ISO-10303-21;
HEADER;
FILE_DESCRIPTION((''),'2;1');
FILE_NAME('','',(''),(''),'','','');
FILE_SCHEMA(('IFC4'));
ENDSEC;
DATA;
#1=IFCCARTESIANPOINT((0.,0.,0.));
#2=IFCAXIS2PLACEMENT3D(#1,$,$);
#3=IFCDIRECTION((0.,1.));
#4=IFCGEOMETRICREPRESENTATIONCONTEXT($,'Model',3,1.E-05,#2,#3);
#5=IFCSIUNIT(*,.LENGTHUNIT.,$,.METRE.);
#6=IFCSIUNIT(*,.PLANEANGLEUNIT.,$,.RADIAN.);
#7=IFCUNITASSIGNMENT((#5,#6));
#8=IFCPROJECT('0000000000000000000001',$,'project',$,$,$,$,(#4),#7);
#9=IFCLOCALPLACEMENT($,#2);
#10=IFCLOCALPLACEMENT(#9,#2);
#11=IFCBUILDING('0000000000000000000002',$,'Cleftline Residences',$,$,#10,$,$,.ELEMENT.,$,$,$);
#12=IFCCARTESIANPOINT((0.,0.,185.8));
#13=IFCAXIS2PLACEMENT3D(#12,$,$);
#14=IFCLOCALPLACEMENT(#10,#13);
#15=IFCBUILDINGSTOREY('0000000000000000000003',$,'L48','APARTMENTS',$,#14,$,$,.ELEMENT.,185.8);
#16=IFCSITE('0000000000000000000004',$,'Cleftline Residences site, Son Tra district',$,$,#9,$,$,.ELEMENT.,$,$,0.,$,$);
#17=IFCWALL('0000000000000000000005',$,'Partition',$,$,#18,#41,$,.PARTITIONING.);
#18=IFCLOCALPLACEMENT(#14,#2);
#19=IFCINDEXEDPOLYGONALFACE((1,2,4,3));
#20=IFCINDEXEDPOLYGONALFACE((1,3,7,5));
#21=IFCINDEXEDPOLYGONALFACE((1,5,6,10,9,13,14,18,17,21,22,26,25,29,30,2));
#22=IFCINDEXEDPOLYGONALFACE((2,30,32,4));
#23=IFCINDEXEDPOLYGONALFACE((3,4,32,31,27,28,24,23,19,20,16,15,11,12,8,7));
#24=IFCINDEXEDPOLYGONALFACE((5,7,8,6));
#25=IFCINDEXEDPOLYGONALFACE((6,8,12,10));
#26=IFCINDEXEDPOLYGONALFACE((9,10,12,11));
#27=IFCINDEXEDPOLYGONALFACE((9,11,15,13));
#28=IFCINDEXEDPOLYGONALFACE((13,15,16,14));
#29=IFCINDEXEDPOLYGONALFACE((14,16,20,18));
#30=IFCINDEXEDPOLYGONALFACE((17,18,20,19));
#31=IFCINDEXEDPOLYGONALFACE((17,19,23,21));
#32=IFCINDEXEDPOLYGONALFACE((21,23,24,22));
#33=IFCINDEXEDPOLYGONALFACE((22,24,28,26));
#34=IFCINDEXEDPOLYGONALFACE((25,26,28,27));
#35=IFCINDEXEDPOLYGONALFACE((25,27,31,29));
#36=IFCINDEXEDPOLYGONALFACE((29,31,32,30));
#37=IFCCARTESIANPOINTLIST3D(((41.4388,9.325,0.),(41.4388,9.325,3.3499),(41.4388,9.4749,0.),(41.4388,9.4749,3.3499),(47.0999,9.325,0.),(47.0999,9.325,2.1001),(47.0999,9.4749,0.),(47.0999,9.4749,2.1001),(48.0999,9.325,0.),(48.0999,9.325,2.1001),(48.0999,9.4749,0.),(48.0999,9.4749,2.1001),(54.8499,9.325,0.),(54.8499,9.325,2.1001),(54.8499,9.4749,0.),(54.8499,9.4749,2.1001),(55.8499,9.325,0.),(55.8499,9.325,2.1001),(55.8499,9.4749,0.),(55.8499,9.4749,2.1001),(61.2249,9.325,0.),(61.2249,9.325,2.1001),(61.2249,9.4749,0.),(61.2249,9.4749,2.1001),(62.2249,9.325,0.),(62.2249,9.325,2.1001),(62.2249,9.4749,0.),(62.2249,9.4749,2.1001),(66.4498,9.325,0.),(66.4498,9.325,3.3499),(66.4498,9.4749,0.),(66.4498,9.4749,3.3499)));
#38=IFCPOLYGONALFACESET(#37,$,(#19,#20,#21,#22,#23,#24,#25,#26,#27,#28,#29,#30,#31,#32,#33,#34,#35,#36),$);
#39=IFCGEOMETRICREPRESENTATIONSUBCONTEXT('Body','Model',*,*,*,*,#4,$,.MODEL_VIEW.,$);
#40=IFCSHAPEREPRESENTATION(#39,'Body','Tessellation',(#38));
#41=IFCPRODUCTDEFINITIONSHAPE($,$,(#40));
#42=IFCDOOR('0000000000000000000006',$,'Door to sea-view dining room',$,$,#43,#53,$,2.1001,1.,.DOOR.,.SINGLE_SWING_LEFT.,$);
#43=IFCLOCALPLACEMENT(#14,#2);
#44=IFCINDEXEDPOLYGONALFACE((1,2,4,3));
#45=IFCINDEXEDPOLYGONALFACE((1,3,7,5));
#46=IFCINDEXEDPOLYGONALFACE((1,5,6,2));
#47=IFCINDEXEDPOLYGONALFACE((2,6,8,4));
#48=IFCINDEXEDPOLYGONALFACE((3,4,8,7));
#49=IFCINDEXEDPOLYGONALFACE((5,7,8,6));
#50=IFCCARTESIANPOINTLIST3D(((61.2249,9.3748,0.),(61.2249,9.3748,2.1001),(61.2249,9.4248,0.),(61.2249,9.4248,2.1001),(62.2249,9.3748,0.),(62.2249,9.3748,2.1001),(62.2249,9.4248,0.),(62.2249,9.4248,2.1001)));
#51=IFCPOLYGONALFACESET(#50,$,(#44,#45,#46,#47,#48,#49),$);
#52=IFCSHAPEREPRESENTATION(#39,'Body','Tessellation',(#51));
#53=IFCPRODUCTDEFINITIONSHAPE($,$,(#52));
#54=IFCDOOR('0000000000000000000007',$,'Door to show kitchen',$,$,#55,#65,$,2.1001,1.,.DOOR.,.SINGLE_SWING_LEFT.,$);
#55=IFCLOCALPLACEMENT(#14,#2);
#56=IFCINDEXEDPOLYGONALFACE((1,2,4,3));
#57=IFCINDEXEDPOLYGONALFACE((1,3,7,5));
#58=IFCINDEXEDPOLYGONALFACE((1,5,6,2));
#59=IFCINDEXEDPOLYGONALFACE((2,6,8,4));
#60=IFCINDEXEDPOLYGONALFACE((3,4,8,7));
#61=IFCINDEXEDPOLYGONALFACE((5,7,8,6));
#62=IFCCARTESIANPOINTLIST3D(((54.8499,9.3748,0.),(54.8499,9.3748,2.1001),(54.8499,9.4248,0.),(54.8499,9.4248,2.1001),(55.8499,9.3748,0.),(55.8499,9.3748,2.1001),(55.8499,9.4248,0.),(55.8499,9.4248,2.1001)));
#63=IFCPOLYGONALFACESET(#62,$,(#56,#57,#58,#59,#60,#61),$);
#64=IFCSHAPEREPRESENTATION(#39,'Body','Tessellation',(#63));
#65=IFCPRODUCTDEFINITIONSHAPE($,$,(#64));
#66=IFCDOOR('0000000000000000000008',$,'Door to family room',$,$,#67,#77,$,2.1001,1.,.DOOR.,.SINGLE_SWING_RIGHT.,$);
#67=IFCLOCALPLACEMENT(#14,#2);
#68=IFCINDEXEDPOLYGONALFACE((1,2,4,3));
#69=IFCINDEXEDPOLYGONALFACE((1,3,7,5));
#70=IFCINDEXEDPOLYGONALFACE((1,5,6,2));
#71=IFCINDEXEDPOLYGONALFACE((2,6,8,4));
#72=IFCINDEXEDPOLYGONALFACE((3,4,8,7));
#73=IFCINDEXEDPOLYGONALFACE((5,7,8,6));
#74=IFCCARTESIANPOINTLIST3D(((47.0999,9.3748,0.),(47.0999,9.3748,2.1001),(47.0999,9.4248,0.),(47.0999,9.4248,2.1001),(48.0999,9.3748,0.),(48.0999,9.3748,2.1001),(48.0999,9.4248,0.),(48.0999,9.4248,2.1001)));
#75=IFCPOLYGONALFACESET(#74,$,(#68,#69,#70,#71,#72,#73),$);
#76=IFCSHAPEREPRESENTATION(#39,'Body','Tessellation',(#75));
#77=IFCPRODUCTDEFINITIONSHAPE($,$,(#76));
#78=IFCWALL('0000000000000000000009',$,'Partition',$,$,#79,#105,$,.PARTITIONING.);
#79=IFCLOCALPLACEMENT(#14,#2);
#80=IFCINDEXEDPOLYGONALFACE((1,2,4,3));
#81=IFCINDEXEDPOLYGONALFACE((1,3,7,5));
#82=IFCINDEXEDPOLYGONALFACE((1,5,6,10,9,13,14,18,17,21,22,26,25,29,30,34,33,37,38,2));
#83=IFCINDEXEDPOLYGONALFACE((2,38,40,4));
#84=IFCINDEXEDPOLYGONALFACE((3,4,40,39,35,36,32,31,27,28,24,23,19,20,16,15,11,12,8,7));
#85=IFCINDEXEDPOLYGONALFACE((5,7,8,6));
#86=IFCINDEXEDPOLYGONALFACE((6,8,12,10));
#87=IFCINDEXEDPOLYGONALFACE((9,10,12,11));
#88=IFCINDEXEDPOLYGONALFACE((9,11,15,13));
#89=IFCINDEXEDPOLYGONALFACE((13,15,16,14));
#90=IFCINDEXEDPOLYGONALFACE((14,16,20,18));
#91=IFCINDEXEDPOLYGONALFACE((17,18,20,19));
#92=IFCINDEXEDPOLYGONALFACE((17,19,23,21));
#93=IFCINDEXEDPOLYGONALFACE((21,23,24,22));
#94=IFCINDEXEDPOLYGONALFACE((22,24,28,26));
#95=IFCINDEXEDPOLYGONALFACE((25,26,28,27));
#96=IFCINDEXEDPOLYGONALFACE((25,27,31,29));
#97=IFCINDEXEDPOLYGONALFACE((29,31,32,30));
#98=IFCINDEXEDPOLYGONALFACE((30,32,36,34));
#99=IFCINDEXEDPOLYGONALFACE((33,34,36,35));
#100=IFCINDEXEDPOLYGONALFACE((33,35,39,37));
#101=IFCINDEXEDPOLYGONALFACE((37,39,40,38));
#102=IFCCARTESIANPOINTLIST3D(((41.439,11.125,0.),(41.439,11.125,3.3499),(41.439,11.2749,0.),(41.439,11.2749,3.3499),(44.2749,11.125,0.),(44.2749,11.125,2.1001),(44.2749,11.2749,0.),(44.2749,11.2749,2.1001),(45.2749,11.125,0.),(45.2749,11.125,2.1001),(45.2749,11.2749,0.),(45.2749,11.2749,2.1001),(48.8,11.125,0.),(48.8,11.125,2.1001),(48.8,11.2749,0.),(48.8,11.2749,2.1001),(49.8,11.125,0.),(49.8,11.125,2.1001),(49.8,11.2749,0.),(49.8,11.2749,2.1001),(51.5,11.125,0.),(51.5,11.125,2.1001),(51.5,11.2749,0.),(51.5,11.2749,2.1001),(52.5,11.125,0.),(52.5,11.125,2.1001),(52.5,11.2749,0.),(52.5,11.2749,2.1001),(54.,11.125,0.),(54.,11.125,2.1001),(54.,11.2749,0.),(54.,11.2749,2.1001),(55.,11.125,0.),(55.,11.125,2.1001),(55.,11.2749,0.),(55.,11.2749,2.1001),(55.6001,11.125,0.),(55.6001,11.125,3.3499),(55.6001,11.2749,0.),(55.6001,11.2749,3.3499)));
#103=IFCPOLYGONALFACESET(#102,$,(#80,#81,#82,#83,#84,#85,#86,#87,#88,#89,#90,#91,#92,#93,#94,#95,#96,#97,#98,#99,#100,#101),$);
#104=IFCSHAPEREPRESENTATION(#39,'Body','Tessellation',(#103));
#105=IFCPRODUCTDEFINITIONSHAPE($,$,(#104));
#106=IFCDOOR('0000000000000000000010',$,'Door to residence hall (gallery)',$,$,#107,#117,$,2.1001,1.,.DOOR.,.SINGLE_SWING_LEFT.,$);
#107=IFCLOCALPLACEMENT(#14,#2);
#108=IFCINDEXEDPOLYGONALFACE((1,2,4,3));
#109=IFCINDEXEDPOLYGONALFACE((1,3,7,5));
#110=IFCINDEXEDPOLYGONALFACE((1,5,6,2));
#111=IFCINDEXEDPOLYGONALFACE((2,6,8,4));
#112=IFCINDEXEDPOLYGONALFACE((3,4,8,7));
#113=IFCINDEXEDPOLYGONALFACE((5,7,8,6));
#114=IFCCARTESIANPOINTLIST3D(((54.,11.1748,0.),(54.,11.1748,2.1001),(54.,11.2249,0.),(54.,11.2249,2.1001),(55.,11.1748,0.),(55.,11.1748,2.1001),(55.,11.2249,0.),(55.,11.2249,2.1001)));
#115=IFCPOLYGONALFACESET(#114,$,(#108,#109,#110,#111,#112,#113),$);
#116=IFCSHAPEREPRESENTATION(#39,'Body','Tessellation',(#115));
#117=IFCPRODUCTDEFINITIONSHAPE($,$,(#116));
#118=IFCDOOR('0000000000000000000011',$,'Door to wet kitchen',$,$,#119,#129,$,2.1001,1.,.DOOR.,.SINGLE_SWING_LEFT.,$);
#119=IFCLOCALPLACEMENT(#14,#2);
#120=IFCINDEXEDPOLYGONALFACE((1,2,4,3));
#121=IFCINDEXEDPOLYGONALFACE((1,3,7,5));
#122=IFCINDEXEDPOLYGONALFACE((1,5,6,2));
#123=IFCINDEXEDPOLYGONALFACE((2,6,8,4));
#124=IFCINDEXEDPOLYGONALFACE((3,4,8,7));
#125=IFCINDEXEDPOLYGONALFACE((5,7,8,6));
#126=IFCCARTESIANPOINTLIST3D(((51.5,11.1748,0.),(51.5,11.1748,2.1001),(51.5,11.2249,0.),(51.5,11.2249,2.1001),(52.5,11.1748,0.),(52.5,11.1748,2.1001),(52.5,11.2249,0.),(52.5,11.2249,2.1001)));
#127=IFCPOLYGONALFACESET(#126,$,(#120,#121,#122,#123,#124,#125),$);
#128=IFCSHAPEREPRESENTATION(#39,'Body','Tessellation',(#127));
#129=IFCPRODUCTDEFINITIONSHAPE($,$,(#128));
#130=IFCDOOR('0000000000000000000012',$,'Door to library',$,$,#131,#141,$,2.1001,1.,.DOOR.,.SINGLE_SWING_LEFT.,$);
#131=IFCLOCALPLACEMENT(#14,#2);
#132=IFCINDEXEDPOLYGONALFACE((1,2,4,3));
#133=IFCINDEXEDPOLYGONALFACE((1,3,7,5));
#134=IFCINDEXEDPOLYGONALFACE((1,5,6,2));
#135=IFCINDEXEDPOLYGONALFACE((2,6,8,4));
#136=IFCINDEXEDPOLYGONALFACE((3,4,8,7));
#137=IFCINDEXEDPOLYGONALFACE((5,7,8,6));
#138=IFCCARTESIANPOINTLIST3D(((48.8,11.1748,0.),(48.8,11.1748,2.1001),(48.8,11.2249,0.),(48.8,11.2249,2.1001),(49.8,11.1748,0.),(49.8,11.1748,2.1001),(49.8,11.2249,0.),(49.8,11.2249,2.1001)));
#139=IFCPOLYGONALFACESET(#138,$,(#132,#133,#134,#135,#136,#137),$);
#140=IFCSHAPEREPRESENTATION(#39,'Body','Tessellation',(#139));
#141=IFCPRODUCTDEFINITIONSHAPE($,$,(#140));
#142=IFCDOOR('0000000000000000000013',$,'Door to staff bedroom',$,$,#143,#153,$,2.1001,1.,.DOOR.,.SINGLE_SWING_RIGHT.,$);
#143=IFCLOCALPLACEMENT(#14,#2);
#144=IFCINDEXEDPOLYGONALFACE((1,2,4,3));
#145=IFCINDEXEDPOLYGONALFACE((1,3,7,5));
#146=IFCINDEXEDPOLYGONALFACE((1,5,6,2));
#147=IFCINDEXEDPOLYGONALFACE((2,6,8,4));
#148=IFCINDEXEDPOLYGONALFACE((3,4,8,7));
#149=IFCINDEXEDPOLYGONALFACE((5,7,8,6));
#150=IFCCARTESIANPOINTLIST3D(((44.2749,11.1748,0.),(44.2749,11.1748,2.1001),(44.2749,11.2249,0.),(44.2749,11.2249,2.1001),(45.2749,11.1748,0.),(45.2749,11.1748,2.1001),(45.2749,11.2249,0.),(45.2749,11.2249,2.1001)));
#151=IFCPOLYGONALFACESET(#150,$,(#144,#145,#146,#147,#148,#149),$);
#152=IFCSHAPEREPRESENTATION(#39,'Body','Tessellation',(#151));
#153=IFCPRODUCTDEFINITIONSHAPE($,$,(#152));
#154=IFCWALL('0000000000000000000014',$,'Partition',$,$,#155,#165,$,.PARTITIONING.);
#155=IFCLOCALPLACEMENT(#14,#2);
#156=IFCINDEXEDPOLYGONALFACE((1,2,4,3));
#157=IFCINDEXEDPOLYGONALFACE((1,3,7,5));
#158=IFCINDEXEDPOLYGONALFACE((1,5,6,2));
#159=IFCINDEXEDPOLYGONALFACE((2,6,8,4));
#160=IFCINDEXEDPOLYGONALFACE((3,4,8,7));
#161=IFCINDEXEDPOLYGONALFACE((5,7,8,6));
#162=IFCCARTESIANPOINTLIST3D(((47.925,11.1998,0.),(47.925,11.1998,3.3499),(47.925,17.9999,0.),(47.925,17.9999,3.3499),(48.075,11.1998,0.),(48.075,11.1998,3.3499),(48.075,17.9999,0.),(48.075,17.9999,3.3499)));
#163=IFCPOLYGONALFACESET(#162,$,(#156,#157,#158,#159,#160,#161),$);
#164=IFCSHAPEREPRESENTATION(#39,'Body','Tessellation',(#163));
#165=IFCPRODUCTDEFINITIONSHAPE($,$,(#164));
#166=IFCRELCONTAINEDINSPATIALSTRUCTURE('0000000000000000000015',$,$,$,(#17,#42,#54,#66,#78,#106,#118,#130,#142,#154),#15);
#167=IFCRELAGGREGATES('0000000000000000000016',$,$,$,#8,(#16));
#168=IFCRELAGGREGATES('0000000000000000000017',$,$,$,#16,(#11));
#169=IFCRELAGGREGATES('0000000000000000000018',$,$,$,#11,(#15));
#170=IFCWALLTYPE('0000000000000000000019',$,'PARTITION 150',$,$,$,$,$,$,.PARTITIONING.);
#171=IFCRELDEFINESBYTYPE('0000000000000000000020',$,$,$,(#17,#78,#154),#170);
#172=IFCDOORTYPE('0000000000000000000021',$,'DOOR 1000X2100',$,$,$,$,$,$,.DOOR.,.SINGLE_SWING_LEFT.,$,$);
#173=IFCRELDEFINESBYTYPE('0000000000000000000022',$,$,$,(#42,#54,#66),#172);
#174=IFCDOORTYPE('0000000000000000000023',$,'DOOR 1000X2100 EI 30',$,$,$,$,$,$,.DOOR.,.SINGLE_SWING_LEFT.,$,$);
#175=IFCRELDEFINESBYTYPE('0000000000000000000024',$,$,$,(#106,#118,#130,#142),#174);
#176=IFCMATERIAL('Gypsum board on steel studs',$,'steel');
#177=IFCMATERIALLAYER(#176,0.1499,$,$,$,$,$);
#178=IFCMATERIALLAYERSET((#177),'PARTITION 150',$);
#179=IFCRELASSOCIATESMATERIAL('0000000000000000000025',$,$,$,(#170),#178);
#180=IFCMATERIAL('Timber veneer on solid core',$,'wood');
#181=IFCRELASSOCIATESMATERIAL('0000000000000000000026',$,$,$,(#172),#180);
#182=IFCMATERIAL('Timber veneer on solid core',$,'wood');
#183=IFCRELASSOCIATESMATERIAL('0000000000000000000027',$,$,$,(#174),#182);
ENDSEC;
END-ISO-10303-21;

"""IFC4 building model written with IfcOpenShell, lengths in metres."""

from ifc_helpers import new_model, si_unit, direction, frame, frame_2d, origin, place, context, subcontext, project, spatial, rectangle, extrude, material, layer, layer_set, type_object, element, fill, save


model = new_model("IFC4")

# Units and contexts
model_context = context("Model", 3, precision=1e-05, world=origin(), true_north=direction((0.0, 1.0)))
body_context = subcontext(model_context, "Body", "Model", "MODEL_VIEW")
ifc_project = project(units=[si_unit("LENGTHUNIT", "METRE"), si_unit("PLANEANGLEUNIT", "RADIAN")], contexts=[model_context])

# Site, building, storey
site_placement = place(None, origin())
site = spatial("IfcSite", under=ifc_project, at=site_placement, Name="Cleftline Residences site, Son Tra district", CompositionType="ELEMENT", RefElevation=0.0)
building_placement = place(site_placement, origin())
building = spatial("IfcBuilding", under=site, at=building_placement, Name="Cleftline Residences", CompositionType="ELEMENT")
storey_placement = place(building_placement, frame((0.0, 0.0, 185.8)))
storey = spatial("IfcBuildingStorey", under=building, at=storey_placement, Name="L48", Description="APARTMENTS", CompositionType="ELEMENT", Elevation=185.8)

# Walls, openings, doors
ifc_material_1 = material(Name="Gypsum board on steel studs", Category="steel")
ifc_layer_1 = layer(ifc_material_1, 0.1499)
ifc_layer_set_1 = layer_set([ifc_layer_1], Name="PARTITION 150")
wall_type = type_object("IfcWallType", Name="PARTITION 150", PredefinedType="PARTITIONING", material=ifc_layer_set_1)
wall_1_placement = place(storey_placement, frame((41.439, 9.3999, 0.0), z_axis=(0.0, 0.0, 1.0), x_axis=(1.0, 0.0, 0.0)))
wall_1 = element("IfcWall", 1, at=wall_1_placement, inside=storey, type_object=wall_type, Name="Partition", PredefinedType="PARTITIONING", context=body_context, shape_type="SweptSolid", body=[
    extrude(rectangle(XDim=25.011, YDim=0.1499, at=frame_2d((12.5054, 0.0))), origin(), (0.0, 0.0, 1.0), 3.3499),
])
opening_1_placement = place(wall_1_placement, frame((19.7859, 0.0, 0.0)))
opening_1 = element("IfcOpeningElement", 2, at=opening_1_placement, cuts=wall_1, PredefinedType="OPENING", context=body_context, shape_type="SweptSolid", body=[
    extrude(rectangle(XDim=1.0, YDim=2.1001, at=frame_2d((0.5, 1.05))), frame((0.0, 0.085, 0.0), z_axis=(0.0, -1.0, 0.0), x_axis=(1.0, 0.0, 0.0)), (0.0, 0.0, 1.0), 0.1699),
])
opening_2_placement = place(wall_1_placement, frame((13.4109, 0.0, 0.0)))
opening_2 = element("IfcOpeningElement", 3, at=opening_2_placement, cuts=wall_1, PredefinedType="OPENING", context=body_context, shape_type="SweptSolid", body=[
    extrude(rectangle(XDim=1.0, YDim=2.1001, at=frame_2d((0.5, 1.05))), frame((0.0, 0.085, 0.0), z_axis=(0.0, -1.0, 0.0), x_axis=(1.0, 0.0, 0.0)), (0.0, 0.0, 1.0), 0.1699),
])
opening_3_placement = place(wall_1_placement, frame((5.6609, 0.0, 0.0)))
opening_3 = element("IfcOpeningElement", 4, at=opening_3_placement, cuts=wall_1, PredefinedType="OPENING", context=body_context, shape_type="SweptSolid", body=[
    extrude(rectangle(XDim=1.0, YDim=2.1001, at=frame_2d((0.5, 1.05))), frame((0.0, 0.085, 0.0), z_axis=(0.0, -1.0, 0.0), x_axis=(1.0, 0.0, 0.0)), (0.0, 0.0, 1.0), 0.1699),
])
ifc_material_2 = material(Name="Timber veneer on solid core", Category="wood")
door_type_1 = type_object("IfcDoorType", Name="DOOR 1000X2100", OperationType="SINGLE_SWING_LEFT", PredefinedType="DOOR", material=ifc_material_2)
door_1_placement = place(opening_1_placement, origin())
door_1 = element("IfcDoor", 5, at=door_1_placement, inside=storey, type_object=door_type_1, Name="Door to sea-view dining room", OperationType="SINGLE_SWING_LEFT", OverallHeight=2.1001, OverallWidth=1.0, PredefinedType="DOOR", context=body_context, shape_type="SweptSolid", body=[
    extrude(rectangle(XDim=1.0, YDim=2.1001, at=frame_2d((0.5, 1.05))), frame((0.0, 0.0249, 0.0), z_axis=(0.0, -1.0, 0.0), x_axis=(1.0, 0.0, 0.0)), (0.0, 0.0, 1.0), 0.05),
])
fill(opening_1, door_1)
door_2_placement = place(opening_2_placement, origin())
door_2 = element("IfcDoor", 6, at=door_2_placement, inside=storey, type_object=door_type_1, Name="Door to show kitchen", OperationType="SINGLE_SWING_LEFT", OverallHeight=2.1001, OverallWidth=1.0, PredefinedType="DOOR", context=body_context, shape_type="SweptSolid", body=[
    extrude(rectangle(XDim=1.0, YDim=2.1001, at=frame_2d((0.5, 1.05))), frame((0.0, 0.0249, 0.0), z_axis=(0.0, -1.0, 0.0), x_axis=(1.0, 0.0, 0.0)), (0.0, 0.0, 1.0), 0.05),
])
fill(opening_2, door_2)
door_3_placement = place(opening_3_placement, origin())
door_3 = element("IfcDoor", 7, at=door_3_placement, inside=storey, type_object=door_type_1, Name="Door to family room", OperationType="SINGLE_SWING_RIGHT", OverallHeight=2.1001, OverallWidth=1.0, PredefinedType="DOOR", context=body_context, shape_type="SweptSolid", body=[
    extrude(rectangle(XDim=1.0, YDim=2.1001, at=frame_2d((0.5, 1.05))), frame((0.0, 0.0249, 0.0), z_axis=(0.0, -1.0, 0.0), x_axis=(1.0, 0.0, 0.0)), (0.0, 0.0, 1.0), 0.05),
])
fill(opening_3, door_3)
wall_2_placement = place(storey_placement, frame((41.439, 11.2, 0.0), z_axis=(0.0, 0.0, 1.0), x_axis=(1.0, 0.0, 0.0)))
wall_2 = element("IfcWall", 8, at=wall_2_placement, inside=storey, type_object=wall_type, Name="Partition", PredefinedType="PARTITIONING", context=body_context, shape_type="SweptSolid", body=[
    extrude(rectangle(XDim=14.1611, YDim=0.1499, at=frame_2d((7.0806, 0.0))), origin(), (0.0, 0.0, 1.0), 3.3499),
])
opening_4_placement = place(wall_2_placement, frame((12.561, 0.0, 0.0)))
opening_4 = element("IfcOpeningElement", 9, at=opening_4_placement, cuts=wall_2, PredefinedType="OPENING", context=body_context, shape_type="SweptSolid", body=[
    extrude(rectangle(XDim=1.0, YDim=2.1001, at=frame_2d((0.5, 1.05))), frame((0.0, 0.085, 0.0), z_axis=(0.0, -1.0, 0.0), x_axis=(1.0, 0.0, 0.0)), (0.0, 0.0, 1.0), 0.1699),
])
opening_5_placement = place(wall_2_placement, frame((10.061, 0.0, 0.0)))
opening_5 = element("IfcOpeningElement", 10, at=opening_5_placement, cuts=wall_2, PredefinedType="OPENING", context=body_context, shape_type="SweptSolid", body=[
    extrude(rectangle(XDim=1.0, YDim=2.1001, at=frame_2d((0.5, 1.05))), frame((0.0, 0.085, 0.0), z_axis=(0.0, -1.0, 0.0), x_axis=(1.0, 0.0, 0.0)), (0.0, 0.0, 1.0), 0.1699),
])
opening_6_placement = place(wall_2_placement, frame((7.3611, 0.0, 0.0)))
opening_6 = element("IfcOpeningElement", 11, at=opening_6_placement, cuts=wall_2, PredefinedType="OPENING", context=body_context, shape_type="SweptSolid", body=[
    extrude(rectangle(XDim=1.0, YDim=2.1001, at=frame_2d((0.5, 1.05))), frame((0.0, 0.085, 0.0), z_axis=(0.0, -1.0, 0.0), x_axis=(1.0, 0.0, 0.0)), (0.0, 0.0, 1.0), 0.1699),
])
opening_7_placement = place(wall_2_placement, frame((2.8359, 0.0, 0.0)))
opening_7 = element("IfcOpeningElement", 12, at=opening_7_placement, cuts=wall_2, PredefinedType="OPENING", context=body_context, shape_type="SweptSolid", body=[
    extrude(rectangle(XDim=1.0, YDim=2.1001, at=frame_2d((0.5, 1.05))), frame((0.0, 0.085, 0.0), z_axis=(0.0, -1.0, 0.0), x_axis=(1.0, 0.0, 0.0)), (0.0, 0.0, 1.0), 0.1699),
])
ifc_material_3 = material(Name="Timber veneer on solid core", Category="wood")
door_type_2 = type_object("IfcDoorType", Name="DOOR 1000X2100 EI 30", OperationType="SINGLE_SWING_LEFT", PredefinedType="DOOR", material=ifc_material_3)
door_4_placement = place(opening_4_placement, origin())
door_4 = element("IfcDoor", 13, at=door_4_placement, inside=storey, type_object=door_type_2, Name="Door to residence hall (gallery)", OperationType="SINGLE_SWING_LEFT", OverallHeight=2.1001, OverallWidth=1.0, PredefinedType="DOOR", context=body_context, shape_type="SweptSolid", body=[
    extrude(rectangle(XDim=1.0, YDim=2.1001, at=frame_2d((0.5, 1.05))), frame((0.0, 0.0249, 0.0), z_axis=(0.0, -1.0, 0.0), x_axis=(1.0, 0.0, 0.0)), (0.0, 0.0, 1.0), 0.05),
])
fill(opening_4, door_4)
door_5_placement = place(opening_5_placement, origin())
door_5 = element("IfcDoor", 14, at=door_5_placement, inside=storey, type_object=door_type_2, Name="Door to wet kitchen", OperationType="SINGLE_SWING_LEFT", OverallHeight=2.1001, OverallWidth=1.0, PredefinedType="DOOR", context=body_context, shape_type="SweptSolid", body=[
    extrude(rectangle(XDim=1.0, YDim=2.1001, at=frame_2d((0.5, 1.05))), frame((0.0, 0.0249, 0.0), z_axis=(0.0, -1.0, 0.0), x_axis=(1.0, 0.0, 0.0)), (0.0, 0.0, 1.0), 0.05),
])
fill(opening_5, door_5)
door_6_placement = place(opening_6_placement, origin())
door_6 = element("IfcDoor", 15, at=door_6_placement, inside=storey, type_object=door_type_2, Name="Door to library", OperationType="SINGLE_SWING_LEFT", OverallHeight=2.1001, OverallWidth=1.0, PredefinedType="DOOR", context=body_context, shape_type="SweptSolid", body=[
    extrude(rectangle(XDim=1.0, YDim=2.1001, at=frame_2d((0.5, 1.05))), frame((0.0, 0.0249, 0.0), z_axis=(0.0, -1.0, 0.0), x_axis=(1.0, 0.0, 0.0)), (0.0, 0.0, 1.0), 0.05),
])
fill(opening_6, door_6)
door_7_placement = place(opening_7_placement, origin())
door_7 = element("IfcDoor", 16, at=door_7_placement, inside=storey, type_object=door_type_2, Name="Door to staff bedroom", OperationType="SINGLE_SWING_RIGHT", OverallHeight=2.1001, OverallWidth=1.0, PredefinedType="DOOR", context=body_context, shape_type="SweptSolid", body=[
    extrude(rectangle(XDim=1.0, YDim=2.1001, at=frame_2d((0.5, 1.05))), frame((0.0, 0.0249, 0.0), z_axis=(0.0, -1.0, 0.0), x_axis=(1.0, 0.0, 0.0)), (0.0, 0.0, 1.0), 0.05),
])
fill(opening_7, door_7)

# Wall
wall_3_placement = place(storey_placement, frame((48.0, 11.2, 0.0), z_axis=(0.0, 0.0, 1.0), x_axis=(0.0, 1.0, 0.0)))
element("IfcWall", 17, at=wall_3_placement, inside=storey, type_object=wall_type, Name="Partition", PredefinedType="PARTITIONING", context=body_context, shape_type="SweptSolid", body=[
    extrude(rectangle(XDim=6.8, YDim=0.1499, at=frame_2d((3.3999, 0.0))), origin(), (0.0, 0.0, 1.0), 3.3499),
])

save(model, "model.ifc")
